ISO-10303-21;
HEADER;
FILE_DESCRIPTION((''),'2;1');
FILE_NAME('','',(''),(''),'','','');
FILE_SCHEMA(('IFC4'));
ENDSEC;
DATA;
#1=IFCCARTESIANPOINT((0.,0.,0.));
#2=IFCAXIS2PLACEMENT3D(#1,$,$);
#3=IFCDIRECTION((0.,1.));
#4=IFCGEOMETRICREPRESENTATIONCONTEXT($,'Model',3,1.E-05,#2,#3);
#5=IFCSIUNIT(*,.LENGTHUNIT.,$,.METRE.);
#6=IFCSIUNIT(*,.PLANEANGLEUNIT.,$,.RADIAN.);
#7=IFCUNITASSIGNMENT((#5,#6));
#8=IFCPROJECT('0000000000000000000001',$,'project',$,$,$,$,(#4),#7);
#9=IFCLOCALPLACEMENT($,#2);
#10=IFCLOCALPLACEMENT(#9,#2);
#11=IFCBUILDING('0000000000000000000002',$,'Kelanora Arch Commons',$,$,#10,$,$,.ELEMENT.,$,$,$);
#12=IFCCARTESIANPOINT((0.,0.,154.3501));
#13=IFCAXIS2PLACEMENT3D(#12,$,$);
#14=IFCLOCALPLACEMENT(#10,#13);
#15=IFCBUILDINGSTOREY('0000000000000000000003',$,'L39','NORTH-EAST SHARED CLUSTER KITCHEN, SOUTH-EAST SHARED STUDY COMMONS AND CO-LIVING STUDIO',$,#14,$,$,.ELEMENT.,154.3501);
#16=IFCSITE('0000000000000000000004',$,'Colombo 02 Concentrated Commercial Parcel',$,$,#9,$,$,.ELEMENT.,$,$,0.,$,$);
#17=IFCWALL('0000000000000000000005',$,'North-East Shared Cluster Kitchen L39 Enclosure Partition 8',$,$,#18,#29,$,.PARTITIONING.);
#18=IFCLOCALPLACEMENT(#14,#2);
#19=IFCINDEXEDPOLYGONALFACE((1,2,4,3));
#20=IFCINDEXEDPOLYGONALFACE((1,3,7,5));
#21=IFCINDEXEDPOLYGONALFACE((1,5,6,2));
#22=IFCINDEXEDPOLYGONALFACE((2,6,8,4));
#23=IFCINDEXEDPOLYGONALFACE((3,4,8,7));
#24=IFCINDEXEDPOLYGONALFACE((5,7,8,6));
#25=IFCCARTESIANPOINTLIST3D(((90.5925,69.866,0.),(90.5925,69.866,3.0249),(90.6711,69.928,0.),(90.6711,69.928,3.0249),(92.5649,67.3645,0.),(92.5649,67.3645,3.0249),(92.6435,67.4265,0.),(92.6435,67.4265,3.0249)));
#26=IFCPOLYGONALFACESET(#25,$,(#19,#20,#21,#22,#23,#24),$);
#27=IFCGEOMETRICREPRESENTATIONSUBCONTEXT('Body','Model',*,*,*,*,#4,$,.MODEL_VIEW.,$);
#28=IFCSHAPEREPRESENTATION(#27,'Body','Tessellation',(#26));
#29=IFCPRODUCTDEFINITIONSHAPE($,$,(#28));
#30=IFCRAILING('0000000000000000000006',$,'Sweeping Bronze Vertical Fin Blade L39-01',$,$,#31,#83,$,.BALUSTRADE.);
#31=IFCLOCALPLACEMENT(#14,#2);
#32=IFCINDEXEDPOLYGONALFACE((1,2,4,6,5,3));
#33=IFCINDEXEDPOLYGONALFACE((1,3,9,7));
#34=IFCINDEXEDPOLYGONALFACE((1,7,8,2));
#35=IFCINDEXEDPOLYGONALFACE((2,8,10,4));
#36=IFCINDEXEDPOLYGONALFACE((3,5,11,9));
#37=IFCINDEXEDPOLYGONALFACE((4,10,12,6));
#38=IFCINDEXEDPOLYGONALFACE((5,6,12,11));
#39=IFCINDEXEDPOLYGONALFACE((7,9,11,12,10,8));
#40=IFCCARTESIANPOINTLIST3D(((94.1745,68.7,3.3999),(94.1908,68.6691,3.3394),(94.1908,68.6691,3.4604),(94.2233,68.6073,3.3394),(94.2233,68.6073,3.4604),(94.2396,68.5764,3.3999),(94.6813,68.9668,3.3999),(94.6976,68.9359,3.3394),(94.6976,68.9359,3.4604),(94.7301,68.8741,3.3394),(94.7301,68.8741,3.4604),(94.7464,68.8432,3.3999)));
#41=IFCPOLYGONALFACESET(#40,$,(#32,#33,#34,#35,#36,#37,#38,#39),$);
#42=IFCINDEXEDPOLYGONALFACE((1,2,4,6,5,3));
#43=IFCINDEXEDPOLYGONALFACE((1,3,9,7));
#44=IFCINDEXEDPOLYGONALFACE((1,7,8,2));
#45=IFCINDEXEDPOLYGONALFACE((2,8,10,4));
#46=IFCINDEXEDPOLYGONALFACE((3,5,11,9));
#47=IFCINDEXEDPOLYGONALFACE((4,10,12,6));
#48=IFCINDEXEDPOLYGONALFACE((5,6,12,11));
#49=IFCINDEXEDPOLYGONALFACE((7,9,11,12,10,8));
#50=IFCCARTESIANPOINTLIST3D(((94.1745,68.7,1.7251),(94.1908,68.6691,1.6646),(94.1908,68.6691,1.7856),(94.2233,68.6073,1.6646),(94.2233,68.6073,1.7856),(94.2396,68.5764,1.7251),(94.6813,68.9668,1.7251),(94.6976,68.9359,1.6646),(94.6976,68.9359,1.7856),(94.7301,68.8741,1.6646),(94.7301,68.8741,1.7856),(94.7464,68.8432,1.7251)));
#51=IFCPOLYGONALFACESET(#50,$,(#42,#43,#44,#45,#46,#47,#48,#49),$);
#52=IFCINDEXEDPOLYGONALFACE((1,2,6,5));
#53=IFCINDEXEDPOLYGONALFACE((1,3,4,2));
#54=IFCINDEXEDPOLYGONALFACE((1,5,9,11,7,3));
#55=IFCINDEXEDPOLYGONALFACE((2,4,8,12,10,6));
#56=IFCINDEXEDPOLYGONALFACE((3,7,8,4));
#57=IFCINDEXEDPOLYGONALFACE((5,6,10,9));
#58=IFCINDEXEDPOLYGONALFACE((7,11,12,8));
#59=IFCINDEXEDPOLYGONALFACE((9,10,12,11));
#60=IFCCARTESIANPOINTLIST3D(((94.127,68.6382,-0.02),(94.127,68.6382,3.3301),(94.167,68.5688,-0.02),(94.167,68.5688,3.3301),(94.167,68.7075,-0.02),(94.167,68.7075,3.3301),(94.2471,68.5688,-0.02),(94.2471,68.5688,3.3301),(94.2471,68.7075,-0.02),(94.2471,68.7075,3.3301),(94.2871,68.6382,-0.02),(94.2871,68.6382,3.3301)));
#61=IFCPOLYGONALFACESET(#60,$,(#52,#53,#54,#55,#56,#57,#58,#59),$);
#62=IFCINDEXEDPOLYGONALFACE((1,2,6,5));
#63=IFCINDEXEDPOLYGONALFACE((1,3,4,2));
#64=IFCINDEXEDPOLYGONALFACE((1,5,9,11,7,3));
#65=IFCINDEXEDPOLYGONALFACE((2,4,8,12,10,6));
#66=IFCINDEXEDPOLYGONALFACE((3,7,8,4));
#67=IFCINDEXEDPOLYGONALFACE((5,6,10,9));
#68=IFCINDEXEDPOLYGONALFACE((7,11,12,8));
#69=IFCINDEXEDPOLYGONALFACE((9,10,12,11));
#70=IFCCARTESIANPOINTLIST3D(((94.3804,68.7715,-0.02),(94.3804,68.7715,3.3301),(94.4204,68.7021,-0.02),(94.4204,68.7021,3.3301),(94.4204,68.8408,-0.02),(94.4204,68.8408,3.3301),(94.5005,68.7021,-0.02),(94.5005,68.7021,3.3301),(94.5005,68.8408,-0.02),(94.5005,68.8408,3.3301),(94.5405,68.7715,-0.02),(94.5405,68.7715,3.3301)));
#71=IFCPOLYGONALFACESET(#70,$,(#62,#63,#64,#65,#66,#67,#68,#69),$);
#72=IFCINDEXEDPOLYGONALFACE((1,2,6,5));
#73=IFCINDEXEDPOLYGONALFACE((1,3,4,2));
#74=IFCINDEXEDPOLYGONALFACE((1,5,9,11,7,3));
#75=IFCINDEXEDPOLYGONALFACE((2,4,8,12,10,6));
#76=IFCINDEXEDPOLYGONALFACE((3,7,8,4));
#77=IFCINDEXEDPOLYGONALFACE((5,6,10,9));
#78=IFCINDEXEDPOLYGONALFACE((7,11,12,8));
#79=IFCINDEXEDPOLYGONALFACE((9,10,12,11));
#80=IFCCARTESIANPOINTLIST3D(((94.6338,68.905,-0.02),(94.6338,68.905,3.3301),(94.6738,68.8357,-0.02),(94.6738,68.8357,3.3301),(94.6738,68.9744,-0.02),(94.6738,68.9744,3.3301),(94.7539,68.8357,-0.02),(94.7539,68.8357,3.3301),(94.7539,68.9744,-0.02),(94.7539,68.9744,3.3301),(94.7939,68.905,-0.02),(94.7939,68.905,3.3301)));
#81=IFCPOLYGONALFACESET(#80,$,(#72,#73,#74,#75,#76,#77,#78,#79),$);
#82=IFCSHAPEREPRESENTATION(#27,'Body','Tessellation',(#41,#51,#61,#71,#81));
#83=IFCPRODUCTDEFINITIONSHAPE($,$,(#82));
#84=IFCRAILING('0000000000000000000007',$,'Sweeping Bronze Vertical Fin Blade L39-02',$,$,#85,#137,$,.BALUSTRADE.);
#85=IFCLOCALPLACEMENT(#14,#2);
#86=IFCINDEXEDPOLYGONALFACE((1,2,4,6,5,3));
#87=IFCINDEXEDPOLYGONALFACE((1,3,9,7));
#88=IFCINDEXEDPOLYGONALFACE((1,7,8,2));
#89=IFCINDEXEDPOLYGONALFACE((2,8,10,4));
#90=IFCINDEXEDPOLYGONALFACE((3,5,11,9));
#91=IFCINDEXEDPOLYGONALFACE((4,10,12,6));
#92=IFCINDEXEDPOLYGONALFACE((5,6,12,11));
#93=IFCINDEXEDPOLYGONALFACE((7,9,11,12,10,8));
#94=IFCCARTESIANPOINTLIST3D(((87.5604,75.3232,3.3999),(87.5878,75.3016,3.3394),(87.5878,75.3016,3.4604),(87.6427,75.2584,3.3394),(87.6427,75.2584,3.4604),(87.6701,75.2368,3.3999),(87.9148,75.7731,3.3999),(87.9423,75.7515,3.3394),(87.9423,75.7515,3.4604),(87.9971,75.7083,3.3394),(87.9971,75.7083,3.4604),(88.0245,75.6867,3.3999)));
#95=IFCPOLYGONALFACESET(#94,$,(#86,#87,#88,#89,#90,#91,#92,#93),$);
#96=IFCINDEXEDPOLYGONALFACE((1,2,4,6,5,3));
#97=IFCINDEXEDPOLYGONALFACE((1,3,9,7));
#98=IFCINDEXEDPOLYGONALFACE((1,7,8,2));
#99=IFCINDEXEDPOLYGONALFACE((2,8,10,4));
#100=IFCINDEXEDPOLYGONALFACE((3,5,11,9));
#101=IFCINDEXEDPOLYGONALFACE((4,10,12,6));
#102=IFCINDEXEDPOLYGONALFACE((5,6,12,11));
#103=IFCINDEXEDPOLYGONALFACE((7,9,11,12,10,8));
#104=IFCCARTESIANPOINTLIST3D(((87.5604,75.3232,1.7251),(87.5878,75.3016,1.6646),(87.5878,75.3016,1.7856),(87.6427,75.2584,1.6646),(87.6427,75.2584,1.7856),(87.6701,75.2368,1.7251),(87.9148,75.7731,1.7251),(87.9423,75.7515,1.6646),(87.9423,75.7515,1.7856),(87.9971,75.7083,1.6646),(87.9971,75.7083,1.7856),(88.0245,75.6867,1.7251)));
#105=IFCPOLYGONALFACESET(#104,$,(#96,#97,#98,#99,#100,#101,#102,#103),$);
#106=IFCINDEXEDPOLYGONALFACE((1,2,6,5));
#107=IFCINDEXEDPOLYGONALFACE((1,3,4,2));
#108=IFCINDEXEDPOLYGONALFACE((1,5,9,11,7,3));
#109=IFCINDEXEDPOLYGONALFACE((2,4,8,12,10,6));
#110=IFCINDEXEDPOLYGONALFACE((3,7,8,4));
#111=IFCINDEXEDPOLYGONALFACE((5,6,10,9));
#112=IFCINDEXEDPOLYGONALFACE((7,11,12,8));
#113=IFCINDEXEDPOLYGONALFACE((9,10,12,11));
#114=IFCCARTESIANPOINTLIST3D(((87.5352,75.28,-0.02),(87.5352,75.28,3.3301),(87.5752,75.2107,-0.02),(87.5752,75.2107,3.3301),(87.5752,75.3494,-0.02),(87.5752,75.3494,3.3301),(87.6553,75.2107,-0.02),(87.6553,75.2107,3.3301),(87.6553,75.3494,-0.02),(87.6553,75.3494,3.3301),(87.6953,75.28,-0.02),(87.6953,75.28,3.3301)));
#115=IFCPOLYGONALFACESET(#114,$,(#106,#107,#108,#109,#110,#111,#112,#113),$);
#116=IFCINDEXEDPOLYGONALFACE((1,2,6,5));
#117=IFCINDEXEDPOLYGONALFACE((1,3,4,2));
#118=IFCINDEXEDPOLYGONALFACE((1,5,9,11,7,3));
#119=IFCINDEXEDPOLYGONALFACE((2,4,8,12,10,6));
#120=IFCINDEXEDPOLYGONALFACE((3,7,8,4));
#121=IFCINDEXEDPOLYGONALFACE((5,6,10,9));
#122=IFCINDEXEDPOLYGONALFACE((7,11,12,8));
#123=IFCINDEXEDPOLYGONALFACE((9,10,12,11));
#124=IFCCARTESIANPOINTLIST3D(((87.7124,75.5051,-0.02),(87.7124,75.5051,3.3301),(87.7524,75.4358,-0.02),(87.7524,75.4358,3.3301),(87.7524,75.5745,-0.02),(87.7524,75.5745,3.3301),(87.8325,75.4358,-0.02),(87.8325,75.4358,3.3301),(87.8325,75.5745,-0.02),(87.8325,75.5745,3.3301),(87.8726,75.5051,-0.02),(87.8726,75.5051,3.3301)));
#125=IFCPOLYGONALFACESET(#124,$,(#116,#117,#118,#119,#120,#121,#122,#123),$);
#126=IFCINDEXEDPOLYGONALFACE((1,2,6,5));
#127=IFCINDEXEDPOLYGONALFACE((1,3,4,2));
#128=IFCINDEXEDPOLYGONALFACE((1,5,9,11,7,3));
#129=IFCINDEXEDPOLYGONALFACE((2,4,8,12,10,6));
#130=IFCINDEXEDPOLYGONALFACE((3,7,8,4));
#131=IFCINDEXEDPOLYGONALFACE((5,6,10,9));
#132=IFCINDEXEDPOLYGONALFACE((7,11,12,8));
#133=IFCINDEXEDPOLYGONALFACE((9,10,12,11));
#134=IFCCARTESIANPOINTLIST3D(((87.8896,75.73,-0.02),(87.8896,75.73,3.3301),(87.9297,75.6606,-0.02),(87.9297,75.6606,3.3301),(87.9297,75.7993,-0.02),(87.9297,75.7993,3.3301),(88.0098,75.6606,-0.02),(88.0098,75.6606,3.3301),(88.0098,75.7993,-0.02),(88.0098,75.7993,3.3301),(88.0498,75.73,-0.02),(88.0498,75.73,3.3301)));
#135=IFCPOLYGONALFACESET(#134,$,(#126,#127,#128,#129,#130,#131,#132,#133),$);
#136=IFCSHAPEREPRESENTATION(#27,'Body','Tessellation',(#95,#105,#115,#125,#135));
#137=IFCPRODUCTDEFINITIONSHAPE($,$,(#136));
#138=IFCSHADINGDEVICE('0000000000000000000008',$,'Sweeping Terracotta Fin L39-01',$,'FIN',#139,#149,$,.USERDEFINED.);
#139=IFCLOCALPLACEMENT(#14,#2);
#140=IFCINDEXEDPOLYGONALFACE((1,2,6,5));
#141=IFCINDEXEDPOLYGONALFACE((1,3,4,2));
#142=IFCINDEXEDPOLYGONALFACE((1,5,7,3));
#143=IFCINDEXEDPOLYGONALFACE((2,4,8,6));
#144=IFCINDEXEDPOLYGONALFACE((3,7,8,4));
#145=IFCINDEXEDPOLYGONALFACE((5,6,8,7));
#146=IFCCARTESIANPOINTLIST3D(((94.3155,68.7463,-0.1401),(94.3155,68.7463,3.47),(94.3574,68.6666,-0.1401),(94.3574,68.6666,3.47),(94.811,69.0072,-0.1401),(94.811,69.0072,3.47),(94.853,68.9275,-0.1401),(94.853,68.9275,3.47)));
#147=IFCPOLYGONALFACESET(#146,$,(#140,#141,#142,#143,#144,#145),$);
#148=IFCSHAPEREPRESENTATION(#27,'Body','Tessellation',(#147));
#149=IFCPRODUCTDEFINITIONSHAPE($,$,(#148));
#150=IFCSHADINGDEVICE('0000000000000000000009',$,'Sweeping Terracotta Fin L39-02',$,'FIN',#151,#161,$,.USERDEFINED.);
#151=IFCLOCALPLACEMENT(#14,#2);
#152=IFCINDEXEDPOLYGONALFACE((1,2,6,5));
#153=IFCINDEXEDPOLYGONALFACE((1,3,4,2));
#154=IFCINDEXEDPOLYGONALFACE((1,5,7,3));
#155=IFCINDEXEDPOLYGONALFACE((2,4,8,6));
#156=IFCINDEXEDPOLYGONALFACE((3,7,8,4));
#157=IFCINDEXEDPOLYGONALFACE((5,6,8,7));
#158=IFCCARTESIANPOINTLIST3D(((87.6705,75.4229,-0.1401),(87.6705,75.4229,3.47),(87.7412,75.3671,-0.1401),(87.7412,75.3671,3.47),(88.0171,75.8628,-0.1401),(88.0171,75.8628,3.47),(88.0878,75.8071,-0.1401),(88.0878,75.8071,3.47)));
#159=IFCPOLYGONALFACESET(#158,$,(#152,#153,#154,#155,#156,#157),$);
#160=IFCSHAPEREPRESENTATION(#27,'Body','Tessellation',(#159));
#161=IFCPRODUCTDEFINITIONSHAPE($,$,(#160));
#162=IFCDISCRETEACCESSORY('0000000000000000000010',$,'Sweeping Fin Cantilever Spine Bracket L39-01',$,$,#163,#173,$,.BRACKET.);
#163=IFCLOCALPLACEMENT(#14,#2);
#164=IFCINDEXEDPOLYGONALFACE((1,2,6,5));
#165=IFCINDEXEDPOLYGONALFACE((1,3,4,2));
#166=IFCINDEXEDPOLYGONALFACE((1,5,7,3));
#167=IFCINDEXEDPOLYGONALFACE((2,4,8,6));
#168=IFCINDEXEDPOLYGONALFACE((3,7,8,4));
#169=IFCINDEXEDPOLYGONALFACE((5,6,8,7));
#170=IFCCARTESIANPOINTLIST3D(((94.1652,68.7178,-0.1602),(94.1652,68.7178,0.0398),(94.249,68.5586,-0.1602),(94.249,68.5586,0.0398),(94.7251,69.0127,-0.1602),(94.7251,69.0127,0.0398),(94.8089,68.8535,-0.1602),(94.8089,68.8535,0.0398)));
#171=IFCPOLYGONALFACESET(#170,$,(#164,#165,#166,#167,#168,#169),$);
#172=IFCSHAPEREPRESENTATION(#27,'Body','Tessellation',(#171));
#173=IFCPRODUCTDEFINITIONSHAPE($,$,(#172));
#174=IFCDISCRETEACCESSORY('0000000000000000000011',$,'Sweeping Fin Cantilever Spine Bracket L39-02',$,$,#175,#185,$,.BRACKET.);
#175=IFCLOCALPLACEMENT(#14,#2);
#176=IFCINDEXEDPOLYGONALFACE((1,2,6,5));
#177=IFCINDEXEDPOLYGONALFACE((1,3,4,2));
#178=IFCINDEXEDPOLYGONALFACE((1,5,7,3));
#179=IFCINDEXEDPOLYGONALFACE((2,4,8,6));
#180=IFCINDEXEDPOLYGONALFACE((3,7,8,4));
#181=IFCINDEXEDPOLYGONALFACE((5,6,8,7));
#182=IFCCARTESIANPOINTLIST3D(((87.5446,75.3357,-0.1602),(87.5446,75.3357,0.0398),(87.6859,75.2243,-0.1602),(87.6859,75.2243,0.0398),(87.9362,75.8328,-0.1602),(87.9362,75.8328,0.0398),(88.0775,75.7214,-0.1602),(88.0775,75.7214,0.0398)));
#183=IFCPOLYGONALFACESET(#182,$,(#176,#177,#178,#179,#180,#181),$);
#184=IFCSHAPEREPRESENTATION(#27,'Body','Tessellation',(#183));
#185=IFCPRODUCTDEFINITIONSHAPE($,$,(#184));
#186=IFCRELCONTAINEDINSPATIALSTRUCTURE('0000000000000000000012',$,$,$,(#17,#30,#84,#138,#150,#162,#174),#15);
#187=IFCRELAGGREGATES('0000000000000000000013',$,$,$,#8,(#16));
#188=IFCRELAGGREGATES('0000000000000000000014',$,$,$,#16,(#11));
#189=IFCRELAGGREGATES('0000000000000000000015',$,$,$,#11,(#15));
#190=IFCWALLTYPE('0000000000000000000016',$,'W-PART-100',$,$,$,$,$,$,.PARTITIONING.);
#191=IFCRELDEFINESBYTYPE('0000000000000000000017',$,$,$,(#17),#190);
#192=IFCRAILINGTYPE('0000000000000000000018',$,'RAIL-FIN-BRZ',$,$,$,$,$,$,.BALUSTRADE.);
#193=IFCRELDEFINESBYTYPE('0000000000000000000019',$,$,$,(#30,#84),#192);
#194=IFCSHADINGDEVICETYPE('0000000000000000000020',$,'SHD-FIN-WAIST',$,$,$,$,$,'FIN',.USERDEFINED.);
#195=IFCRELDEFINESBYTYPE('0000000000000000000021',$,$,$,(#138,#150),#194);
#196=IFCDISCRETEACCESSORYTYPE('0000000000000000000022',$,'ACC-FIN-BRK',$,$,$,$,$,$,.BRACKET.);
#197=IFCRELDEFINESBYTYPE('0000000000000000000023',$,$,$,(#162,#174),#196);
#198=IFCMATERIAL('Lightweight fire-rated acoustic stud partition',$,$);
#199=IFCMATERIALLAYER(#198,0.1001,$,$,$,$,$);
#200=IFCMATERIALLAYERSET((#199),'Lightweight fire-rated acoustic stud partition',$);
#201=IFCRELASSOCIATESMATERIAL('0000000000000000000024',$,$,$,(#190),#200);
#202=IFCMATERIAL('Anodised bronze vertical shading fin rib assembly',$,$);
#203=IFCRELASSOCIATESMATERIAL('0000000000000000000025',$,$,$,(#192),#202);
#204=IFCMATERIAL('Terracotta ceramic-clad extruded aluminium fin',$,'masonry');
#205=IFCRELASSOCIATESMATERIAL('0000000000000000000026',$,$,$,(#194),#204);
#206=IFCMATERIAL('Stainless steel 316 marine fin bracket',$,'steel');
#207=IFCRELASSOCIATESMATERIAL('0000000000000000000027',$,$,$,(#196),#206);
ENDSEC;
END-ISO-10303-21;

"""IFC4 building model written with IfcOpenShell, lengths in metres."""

from ifc_helpers import new_model, si_unit, direction, frame, frame_2d, origin, origin_2d, place, context, subcontext, project, spatial, polyline, rectangle, outline, extrude, source, transform, mapped, material, layer, layer_set, type_object, element, save


model = new_model("IFC4")

# Units and contexts
model_context = context("Model", 3, precision=1e-05, world=origin(), true_north=direction((0.0, 1.0)))
body_context = subcontext(model_context, "Body", "Model", "MODEL_VIEW")
ifc_project = project(units=[si_unit("LENGTHUNIT", "METRE"), si_unit("PLANEANGLEUNIT", "RADIAN")], contexts=[model_context])

# Site, building, storey
site_placement = place(None, origin())
site = spatial("IfcSite", under=ifc_project, at=site_placement, Name="Colombo 02 Concentrated Commercial Parcel", CompositionType="ELEMENT", RefElevation=0.0)
building_placement = place(site_placement, origin())
building = spatial("IfcBuilding", under=site, at=building_placement, Name="Kelanora Arch Commons", CompositionType="ELEMENT")
storey_placement = place(building_placement, frame((0.0, 0.0, 154.3501)))
storey = spatial("IfcBuildingStorey", under=building, at=storey_placement, Name="L39", Description="NORTH-EAST SHARED CLUSTER KITCHEN, SOUTH-EAST SHARED STUDY COMMONS AND CO-LIVING STUDIO", CompositionType="ELEMENT", Elevation=154.3501)

# Wall
ifc_material_1 = material(Name="Lightweight fire-rated acoustic stud partition")
ifc_layer_1 = layer(ifc_material_1, 0.1001)
ifc_layer_set_1 = layer_set([ifc_layer_1], Name="Lightweight fire-rated acoustic stud partition")
wall_type_1 = type_object("IfcWallType", Name="W-PART-100", PredefinedType="PARTITIONING", material=ifc_layer_set_1)
wall_1_placement = place(storey_placement, frame((90.6318, 69.897, 0.0), z_axis=(0.0, 0.0, 1.0), x_axis=(0.619175, -0.785253, 0.0)))
element("IfcWall", 1, at=wall_1_placement, inside=storey, type_object=wall_type_1, Name="North-East Shared Cluster Kitchen L39 Enclosure Partition 8", PredefinedType="PARTITIONING", context=body_context, shape_type="SweptSolid", body=[
    extrude(rectangle(XDim=3.1855, YDim=0.1001, at=frame_2d((1.5928, 0.0))), origin(), (0.0, 0.0, 1.0), 3.0249),
])

# Railings
ifc_material_2 = material(Name="Anodised bronze vertical shading fin rib assembly")
railing_type = type_object("IfcRailingType", Name="RAIL-FIN-BRZ", PredefinedType="BALUSTRADE", material=ifc_material_2)
railing_1_placement = place(storey_placement, frame((94.207, 68.6382, -0.02)))
element("IfcRailing", 2, at=railing_1_placement, inside=storey, type_object=railing_type, Name="Sweeping Bronze Vertical Fin Blade L39-01", PredefinedType="BALUSTRADE", context=body_context, shape_type="SweptSolid", body=[
    extrude(outline(polyline([(0.0698, 0.0), (0.0349, 0.0605), (-0.0349, 0.0605), (-0.0698, 0.0), (-0.0349, -0.0605), (0.0349, -0.0605), (0.0698, 0.0)])), frame((0.0, 0.0, 3.4199), z_axis=(0.884853, 0.465869, 0.0), x_axis=(-0.465869, 0.884853, 0.0)), (0.0, 0.0, 1.0), 0.5728),
    extrude(outline(polyline([(0.0698, 0.0), (0.0349, 0.0605), (-0.0349, 0.0605), (-0.0698, 0.0), (-0.0349, -0.0605), (0.0349, -0.0605), (0.0698, 0.0)])), frame((0.0, 0.0, 1.7451), z_axis=(0.884853, 0.465869, 0.0), x_axis=(-0.465869, 0.884853, 0.0)), (0.0, 0.0, 1.0), 0.5728),
    extrude(outline(polyline([(0.0801, 0.0), (0.04, 0.0693), (-0.04, 0.0693), (-0.0801, 0.0), (-0.04, -0.0693), (0.04, -0.0693), (0.0801, 0.0)])), origin(), (0.0, 0.0, 1.0), 3.3501),
    extrude(outline(polyline([(0.0801, 0.0), (0.04, 0.0693), (-0.04, 0.0693), (-0.0801, 0.0), (-0.04, -0.0693), (0.04, -0.0693), (0.0801, 0.0)])), frame((0.2534, 0.1333, 0.0)), (0.0, 0.0, 1.0), 3.3501),
    extrude(outline(polyline([(0.0801, 0.0), (0.04, 0.0693), (-0.04, 0.0693), (-0.0801, 0.0), (-0.04, -0.0693), (0.04, -0.0693), (0.0801, 0.0)])), frame((0.5068, 0.2668, 0.0)), (0.0, 0.0, 1.0), 3.3501),
])
railing_2_placement = place(storey_placement, frame((87.6152, 75.28, -0.02)))
element("IfcRailing", 3, at=railing_2_placement, inside=storey, type_object=railing_type, Name="Sweeping Bronze Vertical Fin Blade L39-02", PredefinedType="BALUSTRADE", context=body_context, shape_type="SweptSolid", body=[
    extrude(outline(polyline([(0.0698, 0.0), (0.0349, 0.0605), (-0.0349, 0.0605), (-0.0698, 0.0), (-0.0349, -0.0605), (0.0349, -0.0605), (0.0698, 0.0)])), frame((0.0, 0.0, 3.4199), z_axis=(0.618856, 0.785504, 0.0), x_axis=(-0.785504, 0.618856, 0.0)), (0.0, 0.0, 1.0), 0.5728),
    extrude(outline(polyline([(0.0698, 0.0), (0.0349, 0.0605), (-0.0349, 0.0605), (-0.0698, 0.0), (-0.0349, -0.0605), (0.0349, -0.0605), (0.0698, 0.0)])), frame((0.0, 0.0, 1.7451), z_axis=(0.618856, 0.785504, 0.0), x_axis=(-0.785504, 0.618856, 0.0)), (0.0, 0.0, 1.0), 0.5728),
    extrude(outline(polyline([(0.0801, 0.0), (0.04, 0.0693), (-0.04, 0.0693), (-0.0801, 0.0), (-0.04, -0.0693), (0.04, -0.0693), (0.0801, 0.0)])), origin(), (0.0, 0.0, 1.0), 3.3501),
    extrude(outline(polyline([(0.0801, 0.0), (0.04, 0.0693), (-0.04, 0.0693), (-0.0801, 0.0), (-0.04, -0.0693), (0.04, -0.0693), (0.0801, 0.0)])), frame((0.1772, 0.2251, 0.0)), (0.0, 0.0, 1.0), 3.3501),
    extrude(outline(polyline([(0.0801, 0.0), (0.04, 0.0693), (-0.04, 0.0693), (-0.0801, 0.0), (-0.04, -0.0693), (0.04, -0.0693), (0.0801, 0.0)])), frame((0.3545, 0.45, 0.0)), (0.0, 0.0, 1.0), 3.3501),
])

# Shading devices
ifc_material_3 = material(Name="Terracotta ceramic-clad extruded aluminium fin", Category="masonry")
shading_device_type = type_object("IfcShadingDeviceType", Name="SHD-FIN-WAIST", ElementType="FIN", PredefinedType="USERDEFINED", material=ifc_material_3)
shared_shape_1 = source(origin(), body_context, "Body", "SweptSolid", [
    extrude(rectangle(XDim=0.5601, YDim=0.0901, at=origin_2d()), origin(), (0.0, 0.0, 1.0), 3.6101),
])
for number, where, z_axis, x_axis, name in (
    (4, (94.5842, 68.8369, -0.1401), (0.0, 0.0, 1.0), (0.884825, 0.465923, 0.0), "Sweeping Terracotta Fin L39-01"),
    (5, (87.8792, 75.615, -0.1401), (0.0, 0.0, 1.0), (0.61882, 0.785533, 0.0), "Sweeping Terracotta Fin L39-02"),
):
    element("IfcShadingDevice", number, at=place(storey_placement, frame(where, z_axis=z_axis, x_axis=x_axis)), inside=storey, type_object=shading_device_type, Name=name, ObjectType="FIN", PredefinedType="USERDEFINED", context=body_context, shape_type="MappedRepresentation", body=[
        mapped(shared_shape_1, transform((0.0, 0.0, 0.0), scale=1.0)),
    ])

# Discrete accessories
ifc_material_4 = material(Name="Stainless steel 316 marine fin bracket", Category="steel")
discrete_accessory_type = type_object("IfcDiscreteAccessoryType", Name="ACC-FIN-BRK", PredefinedType="BRACKET", material=ifc_material_4)
shared_shape_2 = source(origin(), body_context, "Body", "SweptSolid", [
    extrude(rectangle(XDim=0.6328, YDim=0.1799, at=origin_2d()), origin(), (0.0, 0.0, 1.0), 0.2),
])
for number, where, z_axis, x_axis, name in (
    (6, (94.4871, 68.7856, -0.1602), (0.0, 0.0, 1.0), (0.884825, 0.465923, 0.0), "Sweeping Fin Cantilever Spine Bracket L39-01"),
    (7, (87.811, 75.5286, -0.1602), (0.0, 0.0, 1.0), (0.61882, 0.785533, 0.0), "Sweeping Fin Cantilever Spine Bracket L39-02"),
):
    element("IfcDiscreteAccessory", number, at=place(storey_placement, frame(where, z_axis=z_axis, x_axis=x_axis)), inside=storey, type_object=discrete_accessory_type, Name=name, PredefinedType="BRACKET", context=body_context, shape_type="MappedRepresentation", body=[
        mapped(shared_shape_2, transform((0.0, 0.0, 0.0), scale=1.0)),
    ])

save(model, "model.ifc")
